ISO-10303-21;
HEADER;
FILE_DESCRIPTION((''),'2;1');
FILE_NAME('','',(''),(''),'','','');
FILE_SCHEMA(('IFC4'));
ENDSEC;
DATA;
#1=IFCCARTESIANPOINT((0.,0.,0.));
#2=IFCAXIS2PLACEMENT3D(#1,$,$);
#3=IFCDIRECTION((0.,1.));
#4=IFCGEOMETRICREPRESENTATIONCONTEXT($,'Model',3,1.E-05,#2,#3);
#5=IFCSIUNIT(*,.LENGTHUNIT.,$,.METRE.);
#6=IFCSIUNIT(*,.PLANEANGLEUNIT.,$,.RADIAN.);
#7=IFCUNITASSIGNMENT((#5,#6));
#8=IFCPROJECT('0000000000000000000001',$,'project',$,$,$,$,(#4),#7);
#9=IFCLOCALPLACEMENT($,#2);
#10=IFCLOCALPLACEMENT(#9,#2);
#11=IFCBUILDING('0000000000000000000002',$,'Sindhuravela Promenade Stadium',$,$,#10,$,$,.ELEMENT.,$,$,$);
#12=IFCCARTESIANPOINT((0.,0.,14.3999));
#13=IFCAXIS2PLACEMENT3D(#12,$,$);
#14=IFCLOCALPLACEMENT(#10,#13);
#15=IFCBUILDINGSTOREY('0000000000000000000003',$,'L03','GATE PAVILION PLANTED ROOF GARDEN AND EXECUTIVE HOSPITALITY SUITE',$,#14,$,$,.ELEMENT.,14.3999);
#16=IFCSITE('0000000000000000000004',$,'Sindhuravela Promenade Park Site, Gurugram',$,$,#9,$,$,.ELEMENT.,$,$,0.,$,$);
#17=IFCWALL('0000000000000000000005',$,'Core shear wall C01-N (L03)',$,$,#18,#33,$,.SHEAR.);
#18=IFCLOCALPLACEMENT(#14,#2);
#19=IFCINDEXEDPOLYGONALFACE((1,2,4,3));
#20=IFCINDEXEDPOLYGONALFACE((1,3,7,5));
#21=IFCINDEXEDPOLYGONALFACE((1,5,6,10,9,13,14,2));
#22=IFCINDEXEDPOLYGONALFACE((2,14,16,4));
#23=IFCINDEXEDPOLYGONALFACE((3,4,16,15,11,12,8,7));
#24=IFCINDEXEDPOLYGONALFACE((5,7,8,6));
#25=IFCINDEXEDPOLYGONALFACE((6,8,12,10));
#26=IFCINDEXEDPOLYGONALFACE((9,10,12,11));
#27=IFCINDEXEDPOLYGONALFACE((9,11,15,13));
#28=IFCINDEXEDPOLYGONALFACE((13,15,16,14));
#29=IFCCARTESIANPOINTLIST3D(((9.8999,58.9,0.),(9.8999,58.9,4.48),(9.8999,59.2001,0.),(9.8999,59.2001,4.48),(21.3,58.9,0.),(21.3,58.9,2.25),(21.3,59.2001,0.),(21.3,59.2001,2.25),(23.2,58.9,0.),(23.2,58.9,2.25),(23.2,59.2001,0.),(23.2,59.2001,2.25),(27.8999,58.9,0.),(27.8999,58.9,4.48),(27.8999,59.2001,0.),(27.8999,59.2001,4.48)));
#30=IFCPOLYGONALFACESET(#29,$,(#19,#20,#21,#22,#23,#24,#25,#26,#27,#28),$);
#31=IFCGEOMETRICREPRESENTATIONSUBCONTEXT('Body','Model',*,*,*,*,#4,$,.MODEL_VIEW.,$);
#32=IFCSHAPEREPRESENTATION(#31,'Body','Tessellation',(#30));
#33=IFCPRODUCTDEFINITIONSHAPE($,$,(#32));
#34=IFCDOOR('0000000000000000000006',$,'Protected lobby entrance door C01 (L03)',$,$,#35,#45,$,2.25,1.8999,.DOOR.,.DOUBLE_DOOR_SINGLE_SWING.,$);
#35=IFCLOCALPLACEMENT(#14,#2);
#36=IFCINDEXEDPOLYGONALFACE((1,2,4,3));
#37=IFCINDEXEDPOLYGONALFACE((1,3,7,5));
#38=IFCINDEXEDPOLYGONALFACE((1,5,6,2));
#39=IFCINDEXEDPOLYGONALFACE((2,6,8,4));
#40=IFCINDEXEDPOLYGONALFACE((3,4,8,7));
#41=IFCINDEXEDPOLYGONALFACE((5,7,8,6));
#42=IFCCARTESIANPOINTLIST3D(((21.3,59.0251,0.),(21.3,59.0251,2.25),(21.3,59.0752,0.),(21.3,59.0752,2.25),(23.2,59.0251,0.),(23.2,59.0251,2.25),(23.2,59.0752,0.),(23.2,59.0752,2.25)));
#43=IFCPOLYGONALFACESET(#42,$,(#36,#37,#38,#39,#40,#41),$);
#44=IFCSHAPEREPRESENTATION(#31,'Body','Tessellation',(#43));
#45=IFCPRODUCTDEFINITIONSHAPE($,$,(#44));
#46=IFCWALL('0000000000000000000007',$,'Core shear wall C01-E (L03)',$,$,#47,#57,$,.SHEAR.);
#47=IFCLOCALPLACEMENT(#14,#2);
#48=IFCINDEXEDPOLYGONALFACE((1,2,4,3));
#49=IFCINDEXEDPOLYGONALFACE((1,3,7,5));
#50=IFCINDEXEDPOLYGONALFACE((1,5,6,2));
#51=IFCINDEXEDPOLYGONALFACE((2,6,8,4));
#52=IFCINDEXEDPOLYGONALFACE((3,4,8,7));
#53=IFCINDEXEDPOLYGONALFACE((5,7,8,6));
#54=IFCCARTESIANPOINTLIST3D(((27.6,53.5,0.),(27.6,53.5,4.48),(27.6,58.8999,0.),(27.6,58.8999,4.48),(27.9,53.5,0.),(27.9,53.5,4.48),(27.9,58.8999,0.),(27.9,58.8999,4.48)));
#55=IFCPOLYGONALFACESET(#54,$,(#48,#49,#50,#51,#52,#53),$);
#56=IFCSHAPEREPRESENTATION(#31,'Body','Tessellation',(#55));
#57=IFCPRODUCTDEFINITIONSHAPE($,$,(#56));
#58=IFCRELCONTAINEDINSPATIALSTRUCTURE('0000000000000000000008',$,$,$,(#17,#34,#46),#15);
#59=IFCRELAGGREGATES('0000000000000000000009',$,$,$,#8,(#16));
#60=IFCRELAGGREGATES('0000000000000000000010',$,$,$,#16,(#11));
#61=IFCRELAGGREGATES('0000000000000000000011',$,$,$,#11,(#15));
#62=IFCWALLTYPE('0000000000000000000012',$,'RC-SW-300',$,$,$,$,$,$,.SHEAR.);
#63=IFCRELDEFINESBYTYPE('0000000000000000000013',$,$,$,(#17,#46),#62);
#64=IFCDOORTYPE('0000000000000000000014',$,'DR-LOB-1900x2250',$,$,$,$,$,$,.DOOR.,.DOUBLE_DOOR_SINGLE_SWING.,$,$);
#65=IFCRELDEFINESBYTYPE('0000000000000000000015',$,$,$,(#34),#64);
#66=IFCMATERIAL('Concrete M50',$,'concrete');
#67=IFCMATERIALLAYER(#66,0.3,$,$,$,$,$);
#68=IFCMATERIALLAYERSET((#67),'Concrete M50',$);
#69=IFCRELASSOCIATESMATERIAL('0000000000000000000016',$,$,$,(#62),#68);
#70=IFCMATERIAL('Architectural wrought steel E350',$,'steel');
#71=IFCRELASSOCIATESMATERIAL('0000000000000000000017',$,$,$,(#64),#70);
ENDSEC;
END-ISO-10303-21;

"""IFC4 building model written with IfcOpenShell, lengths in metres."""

from ifc_helpers import new_model, si_unit, direction, frame, frame_2d, origin, place, context, subcontext, project, spatial, rectangle, extrude, material, layer, layer_set, type_object, element, fill, save


model = new_model("IFC4")

# Units and contexts
model_context = context("Model", 3, precision=1e-05, world=origin(), true_north=direction((0.0, 1.0)))
body_context = subcontext(model_context, "Body", "Model", "MODEL_VIEW")
ifc_project = project(units=[si_unit("LENGTHUNIT", "METRE"), si_unit("PLANEANGLEUNIT", "RADIAN")], contexts=[model_context])

# Site, building, storey
site_placement = place(None, origin())
site = spatial("IfcSite", under=ifc_project, at=site_placement, Name="Sindhuravela Promenade Park Site, Gurugram", CompositionType="ELEMENT", RefElevation=0.0)
building_placement = place(site_placement, origin())
building = spatial("IfcBuilding", under=site, at=building_placement, Name="Sindhuravela Promenade Stadium", CompositionType="ELEMENT")
storey_placement = place(building_placement, frame((0.0, 0.0, 14.3999)))
storey = spatial("IfcBuildingStorey", under=building, at=storey_placement, Name="L03", Description="GATE PAVILION PLANTED ROOF GARDEN AND EXECUTIVE HOSPITALITY SUITE", CompositionType="ELEMENT", Elevation=14.3999)

# Shared definitions
ifc_material_1 = material(Name="Concrete M50", Category="concrete")

# Wall, opening, door
ifc_layer_1 = layer(ifc_material_1, 0.3)
ifc_layer_set_1 = layer_set([ifc_layer_1], Name="Concrete M50")
wall_type_1 = type_object("IfcWallType", Name="RC-SW-300", PredefinedType="SHEAR", material=ifc_layer_set_1)
wall_1_placement = place(storey_placement, frame((27.8999, 59.05, 0.0), z_axis=(0.0, 0.0, 1.0), x_axis=(-1.0, 0.0, 0.0)))
wall_1 = element("IfcWall", 1, at=wall_1_placement, inside=storey, type_object=wall_type_1, Name="Core shear wall C01-N (L03)", PredefinedType="SHEAR", context=body_context, shape_type="SweptSolid", body=[
    extrude(rectangle(XDim=18.0, YDim=0.3, at=frame_2d((9.0, 0.0))), origin(), (0.0, 0.0, 1.0), 4.48),
])
opening_1_placement = place(wall_1_placement, frame((4.7, 0.0, 0.0)))
opening_1 = element("IfcOpeningElement", 2, at=opening_1_placement, cuts=wall_1, PredefinedType="OPENING", context=body_context, shape_type="SweptSolid", body=[
    extrude(rectangle(XDim=1.8999, YDim=2.25, at=frame_2d((0.95, 1.125))), frame((0.0, 0.1599, 0.0), z_axis=(0.0, -1.0, 0.0), x_axis=(1.0, 0.0, 0.0)), (0.0, 0.0, 1.0), 0.3201),
])
ifc_material_2 = material(Name="Architectural wrought steel E350", Category="steel")
door_type_1 = type_object("IfcDoorType", Name="DR-LOB-1900x2250", OperationType="DOUBLE_DOOR_SINGLE_SWING", PredefinedType="DOOR", material=ifc_material_2)
door_1_placement = place(opening_1_placement, origin())
door_1 = element("IfcDoor", 3, at=door_1_placement, inside=storey, type_object=door_type_1, Name="Protected lobby entrance door C01 (L03)", OperationType="DOUBLE_DOOR_SINGLE_SWING", OverallHeight=2.25, OverallWidth=1.8999, PredefinedType="DOOR", context=body_context, shape_type="SweptSolid", body=[
    extrude(rectangle(XDim=1.8999, YDim=2.25, at=frame_2d((0.95, 1.125))), frame((0.0, 0.0249, 0.0), z_axis=(0.0, -1.0, 0.0), x_axis=(1.0, 0.0, 0.0)), (0.0, 0.0, 1.0), 0.05),
])
fill(opening_1, door_1)

# Wall
wall_2_placement = place(storey_placement, frame((27.75, 53.5, 0.0), z_axis=(0.0, 0.0, 1.0), x_axis=(0.0, 1.0, 0.0)))
element("IfcWall", 4, at=wall_2_placement, inside=storey, type_object=wall_type_1, Name="Core shear wall C01-E (L03)", PredefinedType="SHEAR", context=body_context, shape_type="SweptSolid", body=[
    extrude(rectangle(XDim=5.3999, YDim=0.3, at=frame_2d((2.7, 0.0))), origin(), (0.0, 0.0, 1.0), 4.48),
])

save(model, "model.ifc")
